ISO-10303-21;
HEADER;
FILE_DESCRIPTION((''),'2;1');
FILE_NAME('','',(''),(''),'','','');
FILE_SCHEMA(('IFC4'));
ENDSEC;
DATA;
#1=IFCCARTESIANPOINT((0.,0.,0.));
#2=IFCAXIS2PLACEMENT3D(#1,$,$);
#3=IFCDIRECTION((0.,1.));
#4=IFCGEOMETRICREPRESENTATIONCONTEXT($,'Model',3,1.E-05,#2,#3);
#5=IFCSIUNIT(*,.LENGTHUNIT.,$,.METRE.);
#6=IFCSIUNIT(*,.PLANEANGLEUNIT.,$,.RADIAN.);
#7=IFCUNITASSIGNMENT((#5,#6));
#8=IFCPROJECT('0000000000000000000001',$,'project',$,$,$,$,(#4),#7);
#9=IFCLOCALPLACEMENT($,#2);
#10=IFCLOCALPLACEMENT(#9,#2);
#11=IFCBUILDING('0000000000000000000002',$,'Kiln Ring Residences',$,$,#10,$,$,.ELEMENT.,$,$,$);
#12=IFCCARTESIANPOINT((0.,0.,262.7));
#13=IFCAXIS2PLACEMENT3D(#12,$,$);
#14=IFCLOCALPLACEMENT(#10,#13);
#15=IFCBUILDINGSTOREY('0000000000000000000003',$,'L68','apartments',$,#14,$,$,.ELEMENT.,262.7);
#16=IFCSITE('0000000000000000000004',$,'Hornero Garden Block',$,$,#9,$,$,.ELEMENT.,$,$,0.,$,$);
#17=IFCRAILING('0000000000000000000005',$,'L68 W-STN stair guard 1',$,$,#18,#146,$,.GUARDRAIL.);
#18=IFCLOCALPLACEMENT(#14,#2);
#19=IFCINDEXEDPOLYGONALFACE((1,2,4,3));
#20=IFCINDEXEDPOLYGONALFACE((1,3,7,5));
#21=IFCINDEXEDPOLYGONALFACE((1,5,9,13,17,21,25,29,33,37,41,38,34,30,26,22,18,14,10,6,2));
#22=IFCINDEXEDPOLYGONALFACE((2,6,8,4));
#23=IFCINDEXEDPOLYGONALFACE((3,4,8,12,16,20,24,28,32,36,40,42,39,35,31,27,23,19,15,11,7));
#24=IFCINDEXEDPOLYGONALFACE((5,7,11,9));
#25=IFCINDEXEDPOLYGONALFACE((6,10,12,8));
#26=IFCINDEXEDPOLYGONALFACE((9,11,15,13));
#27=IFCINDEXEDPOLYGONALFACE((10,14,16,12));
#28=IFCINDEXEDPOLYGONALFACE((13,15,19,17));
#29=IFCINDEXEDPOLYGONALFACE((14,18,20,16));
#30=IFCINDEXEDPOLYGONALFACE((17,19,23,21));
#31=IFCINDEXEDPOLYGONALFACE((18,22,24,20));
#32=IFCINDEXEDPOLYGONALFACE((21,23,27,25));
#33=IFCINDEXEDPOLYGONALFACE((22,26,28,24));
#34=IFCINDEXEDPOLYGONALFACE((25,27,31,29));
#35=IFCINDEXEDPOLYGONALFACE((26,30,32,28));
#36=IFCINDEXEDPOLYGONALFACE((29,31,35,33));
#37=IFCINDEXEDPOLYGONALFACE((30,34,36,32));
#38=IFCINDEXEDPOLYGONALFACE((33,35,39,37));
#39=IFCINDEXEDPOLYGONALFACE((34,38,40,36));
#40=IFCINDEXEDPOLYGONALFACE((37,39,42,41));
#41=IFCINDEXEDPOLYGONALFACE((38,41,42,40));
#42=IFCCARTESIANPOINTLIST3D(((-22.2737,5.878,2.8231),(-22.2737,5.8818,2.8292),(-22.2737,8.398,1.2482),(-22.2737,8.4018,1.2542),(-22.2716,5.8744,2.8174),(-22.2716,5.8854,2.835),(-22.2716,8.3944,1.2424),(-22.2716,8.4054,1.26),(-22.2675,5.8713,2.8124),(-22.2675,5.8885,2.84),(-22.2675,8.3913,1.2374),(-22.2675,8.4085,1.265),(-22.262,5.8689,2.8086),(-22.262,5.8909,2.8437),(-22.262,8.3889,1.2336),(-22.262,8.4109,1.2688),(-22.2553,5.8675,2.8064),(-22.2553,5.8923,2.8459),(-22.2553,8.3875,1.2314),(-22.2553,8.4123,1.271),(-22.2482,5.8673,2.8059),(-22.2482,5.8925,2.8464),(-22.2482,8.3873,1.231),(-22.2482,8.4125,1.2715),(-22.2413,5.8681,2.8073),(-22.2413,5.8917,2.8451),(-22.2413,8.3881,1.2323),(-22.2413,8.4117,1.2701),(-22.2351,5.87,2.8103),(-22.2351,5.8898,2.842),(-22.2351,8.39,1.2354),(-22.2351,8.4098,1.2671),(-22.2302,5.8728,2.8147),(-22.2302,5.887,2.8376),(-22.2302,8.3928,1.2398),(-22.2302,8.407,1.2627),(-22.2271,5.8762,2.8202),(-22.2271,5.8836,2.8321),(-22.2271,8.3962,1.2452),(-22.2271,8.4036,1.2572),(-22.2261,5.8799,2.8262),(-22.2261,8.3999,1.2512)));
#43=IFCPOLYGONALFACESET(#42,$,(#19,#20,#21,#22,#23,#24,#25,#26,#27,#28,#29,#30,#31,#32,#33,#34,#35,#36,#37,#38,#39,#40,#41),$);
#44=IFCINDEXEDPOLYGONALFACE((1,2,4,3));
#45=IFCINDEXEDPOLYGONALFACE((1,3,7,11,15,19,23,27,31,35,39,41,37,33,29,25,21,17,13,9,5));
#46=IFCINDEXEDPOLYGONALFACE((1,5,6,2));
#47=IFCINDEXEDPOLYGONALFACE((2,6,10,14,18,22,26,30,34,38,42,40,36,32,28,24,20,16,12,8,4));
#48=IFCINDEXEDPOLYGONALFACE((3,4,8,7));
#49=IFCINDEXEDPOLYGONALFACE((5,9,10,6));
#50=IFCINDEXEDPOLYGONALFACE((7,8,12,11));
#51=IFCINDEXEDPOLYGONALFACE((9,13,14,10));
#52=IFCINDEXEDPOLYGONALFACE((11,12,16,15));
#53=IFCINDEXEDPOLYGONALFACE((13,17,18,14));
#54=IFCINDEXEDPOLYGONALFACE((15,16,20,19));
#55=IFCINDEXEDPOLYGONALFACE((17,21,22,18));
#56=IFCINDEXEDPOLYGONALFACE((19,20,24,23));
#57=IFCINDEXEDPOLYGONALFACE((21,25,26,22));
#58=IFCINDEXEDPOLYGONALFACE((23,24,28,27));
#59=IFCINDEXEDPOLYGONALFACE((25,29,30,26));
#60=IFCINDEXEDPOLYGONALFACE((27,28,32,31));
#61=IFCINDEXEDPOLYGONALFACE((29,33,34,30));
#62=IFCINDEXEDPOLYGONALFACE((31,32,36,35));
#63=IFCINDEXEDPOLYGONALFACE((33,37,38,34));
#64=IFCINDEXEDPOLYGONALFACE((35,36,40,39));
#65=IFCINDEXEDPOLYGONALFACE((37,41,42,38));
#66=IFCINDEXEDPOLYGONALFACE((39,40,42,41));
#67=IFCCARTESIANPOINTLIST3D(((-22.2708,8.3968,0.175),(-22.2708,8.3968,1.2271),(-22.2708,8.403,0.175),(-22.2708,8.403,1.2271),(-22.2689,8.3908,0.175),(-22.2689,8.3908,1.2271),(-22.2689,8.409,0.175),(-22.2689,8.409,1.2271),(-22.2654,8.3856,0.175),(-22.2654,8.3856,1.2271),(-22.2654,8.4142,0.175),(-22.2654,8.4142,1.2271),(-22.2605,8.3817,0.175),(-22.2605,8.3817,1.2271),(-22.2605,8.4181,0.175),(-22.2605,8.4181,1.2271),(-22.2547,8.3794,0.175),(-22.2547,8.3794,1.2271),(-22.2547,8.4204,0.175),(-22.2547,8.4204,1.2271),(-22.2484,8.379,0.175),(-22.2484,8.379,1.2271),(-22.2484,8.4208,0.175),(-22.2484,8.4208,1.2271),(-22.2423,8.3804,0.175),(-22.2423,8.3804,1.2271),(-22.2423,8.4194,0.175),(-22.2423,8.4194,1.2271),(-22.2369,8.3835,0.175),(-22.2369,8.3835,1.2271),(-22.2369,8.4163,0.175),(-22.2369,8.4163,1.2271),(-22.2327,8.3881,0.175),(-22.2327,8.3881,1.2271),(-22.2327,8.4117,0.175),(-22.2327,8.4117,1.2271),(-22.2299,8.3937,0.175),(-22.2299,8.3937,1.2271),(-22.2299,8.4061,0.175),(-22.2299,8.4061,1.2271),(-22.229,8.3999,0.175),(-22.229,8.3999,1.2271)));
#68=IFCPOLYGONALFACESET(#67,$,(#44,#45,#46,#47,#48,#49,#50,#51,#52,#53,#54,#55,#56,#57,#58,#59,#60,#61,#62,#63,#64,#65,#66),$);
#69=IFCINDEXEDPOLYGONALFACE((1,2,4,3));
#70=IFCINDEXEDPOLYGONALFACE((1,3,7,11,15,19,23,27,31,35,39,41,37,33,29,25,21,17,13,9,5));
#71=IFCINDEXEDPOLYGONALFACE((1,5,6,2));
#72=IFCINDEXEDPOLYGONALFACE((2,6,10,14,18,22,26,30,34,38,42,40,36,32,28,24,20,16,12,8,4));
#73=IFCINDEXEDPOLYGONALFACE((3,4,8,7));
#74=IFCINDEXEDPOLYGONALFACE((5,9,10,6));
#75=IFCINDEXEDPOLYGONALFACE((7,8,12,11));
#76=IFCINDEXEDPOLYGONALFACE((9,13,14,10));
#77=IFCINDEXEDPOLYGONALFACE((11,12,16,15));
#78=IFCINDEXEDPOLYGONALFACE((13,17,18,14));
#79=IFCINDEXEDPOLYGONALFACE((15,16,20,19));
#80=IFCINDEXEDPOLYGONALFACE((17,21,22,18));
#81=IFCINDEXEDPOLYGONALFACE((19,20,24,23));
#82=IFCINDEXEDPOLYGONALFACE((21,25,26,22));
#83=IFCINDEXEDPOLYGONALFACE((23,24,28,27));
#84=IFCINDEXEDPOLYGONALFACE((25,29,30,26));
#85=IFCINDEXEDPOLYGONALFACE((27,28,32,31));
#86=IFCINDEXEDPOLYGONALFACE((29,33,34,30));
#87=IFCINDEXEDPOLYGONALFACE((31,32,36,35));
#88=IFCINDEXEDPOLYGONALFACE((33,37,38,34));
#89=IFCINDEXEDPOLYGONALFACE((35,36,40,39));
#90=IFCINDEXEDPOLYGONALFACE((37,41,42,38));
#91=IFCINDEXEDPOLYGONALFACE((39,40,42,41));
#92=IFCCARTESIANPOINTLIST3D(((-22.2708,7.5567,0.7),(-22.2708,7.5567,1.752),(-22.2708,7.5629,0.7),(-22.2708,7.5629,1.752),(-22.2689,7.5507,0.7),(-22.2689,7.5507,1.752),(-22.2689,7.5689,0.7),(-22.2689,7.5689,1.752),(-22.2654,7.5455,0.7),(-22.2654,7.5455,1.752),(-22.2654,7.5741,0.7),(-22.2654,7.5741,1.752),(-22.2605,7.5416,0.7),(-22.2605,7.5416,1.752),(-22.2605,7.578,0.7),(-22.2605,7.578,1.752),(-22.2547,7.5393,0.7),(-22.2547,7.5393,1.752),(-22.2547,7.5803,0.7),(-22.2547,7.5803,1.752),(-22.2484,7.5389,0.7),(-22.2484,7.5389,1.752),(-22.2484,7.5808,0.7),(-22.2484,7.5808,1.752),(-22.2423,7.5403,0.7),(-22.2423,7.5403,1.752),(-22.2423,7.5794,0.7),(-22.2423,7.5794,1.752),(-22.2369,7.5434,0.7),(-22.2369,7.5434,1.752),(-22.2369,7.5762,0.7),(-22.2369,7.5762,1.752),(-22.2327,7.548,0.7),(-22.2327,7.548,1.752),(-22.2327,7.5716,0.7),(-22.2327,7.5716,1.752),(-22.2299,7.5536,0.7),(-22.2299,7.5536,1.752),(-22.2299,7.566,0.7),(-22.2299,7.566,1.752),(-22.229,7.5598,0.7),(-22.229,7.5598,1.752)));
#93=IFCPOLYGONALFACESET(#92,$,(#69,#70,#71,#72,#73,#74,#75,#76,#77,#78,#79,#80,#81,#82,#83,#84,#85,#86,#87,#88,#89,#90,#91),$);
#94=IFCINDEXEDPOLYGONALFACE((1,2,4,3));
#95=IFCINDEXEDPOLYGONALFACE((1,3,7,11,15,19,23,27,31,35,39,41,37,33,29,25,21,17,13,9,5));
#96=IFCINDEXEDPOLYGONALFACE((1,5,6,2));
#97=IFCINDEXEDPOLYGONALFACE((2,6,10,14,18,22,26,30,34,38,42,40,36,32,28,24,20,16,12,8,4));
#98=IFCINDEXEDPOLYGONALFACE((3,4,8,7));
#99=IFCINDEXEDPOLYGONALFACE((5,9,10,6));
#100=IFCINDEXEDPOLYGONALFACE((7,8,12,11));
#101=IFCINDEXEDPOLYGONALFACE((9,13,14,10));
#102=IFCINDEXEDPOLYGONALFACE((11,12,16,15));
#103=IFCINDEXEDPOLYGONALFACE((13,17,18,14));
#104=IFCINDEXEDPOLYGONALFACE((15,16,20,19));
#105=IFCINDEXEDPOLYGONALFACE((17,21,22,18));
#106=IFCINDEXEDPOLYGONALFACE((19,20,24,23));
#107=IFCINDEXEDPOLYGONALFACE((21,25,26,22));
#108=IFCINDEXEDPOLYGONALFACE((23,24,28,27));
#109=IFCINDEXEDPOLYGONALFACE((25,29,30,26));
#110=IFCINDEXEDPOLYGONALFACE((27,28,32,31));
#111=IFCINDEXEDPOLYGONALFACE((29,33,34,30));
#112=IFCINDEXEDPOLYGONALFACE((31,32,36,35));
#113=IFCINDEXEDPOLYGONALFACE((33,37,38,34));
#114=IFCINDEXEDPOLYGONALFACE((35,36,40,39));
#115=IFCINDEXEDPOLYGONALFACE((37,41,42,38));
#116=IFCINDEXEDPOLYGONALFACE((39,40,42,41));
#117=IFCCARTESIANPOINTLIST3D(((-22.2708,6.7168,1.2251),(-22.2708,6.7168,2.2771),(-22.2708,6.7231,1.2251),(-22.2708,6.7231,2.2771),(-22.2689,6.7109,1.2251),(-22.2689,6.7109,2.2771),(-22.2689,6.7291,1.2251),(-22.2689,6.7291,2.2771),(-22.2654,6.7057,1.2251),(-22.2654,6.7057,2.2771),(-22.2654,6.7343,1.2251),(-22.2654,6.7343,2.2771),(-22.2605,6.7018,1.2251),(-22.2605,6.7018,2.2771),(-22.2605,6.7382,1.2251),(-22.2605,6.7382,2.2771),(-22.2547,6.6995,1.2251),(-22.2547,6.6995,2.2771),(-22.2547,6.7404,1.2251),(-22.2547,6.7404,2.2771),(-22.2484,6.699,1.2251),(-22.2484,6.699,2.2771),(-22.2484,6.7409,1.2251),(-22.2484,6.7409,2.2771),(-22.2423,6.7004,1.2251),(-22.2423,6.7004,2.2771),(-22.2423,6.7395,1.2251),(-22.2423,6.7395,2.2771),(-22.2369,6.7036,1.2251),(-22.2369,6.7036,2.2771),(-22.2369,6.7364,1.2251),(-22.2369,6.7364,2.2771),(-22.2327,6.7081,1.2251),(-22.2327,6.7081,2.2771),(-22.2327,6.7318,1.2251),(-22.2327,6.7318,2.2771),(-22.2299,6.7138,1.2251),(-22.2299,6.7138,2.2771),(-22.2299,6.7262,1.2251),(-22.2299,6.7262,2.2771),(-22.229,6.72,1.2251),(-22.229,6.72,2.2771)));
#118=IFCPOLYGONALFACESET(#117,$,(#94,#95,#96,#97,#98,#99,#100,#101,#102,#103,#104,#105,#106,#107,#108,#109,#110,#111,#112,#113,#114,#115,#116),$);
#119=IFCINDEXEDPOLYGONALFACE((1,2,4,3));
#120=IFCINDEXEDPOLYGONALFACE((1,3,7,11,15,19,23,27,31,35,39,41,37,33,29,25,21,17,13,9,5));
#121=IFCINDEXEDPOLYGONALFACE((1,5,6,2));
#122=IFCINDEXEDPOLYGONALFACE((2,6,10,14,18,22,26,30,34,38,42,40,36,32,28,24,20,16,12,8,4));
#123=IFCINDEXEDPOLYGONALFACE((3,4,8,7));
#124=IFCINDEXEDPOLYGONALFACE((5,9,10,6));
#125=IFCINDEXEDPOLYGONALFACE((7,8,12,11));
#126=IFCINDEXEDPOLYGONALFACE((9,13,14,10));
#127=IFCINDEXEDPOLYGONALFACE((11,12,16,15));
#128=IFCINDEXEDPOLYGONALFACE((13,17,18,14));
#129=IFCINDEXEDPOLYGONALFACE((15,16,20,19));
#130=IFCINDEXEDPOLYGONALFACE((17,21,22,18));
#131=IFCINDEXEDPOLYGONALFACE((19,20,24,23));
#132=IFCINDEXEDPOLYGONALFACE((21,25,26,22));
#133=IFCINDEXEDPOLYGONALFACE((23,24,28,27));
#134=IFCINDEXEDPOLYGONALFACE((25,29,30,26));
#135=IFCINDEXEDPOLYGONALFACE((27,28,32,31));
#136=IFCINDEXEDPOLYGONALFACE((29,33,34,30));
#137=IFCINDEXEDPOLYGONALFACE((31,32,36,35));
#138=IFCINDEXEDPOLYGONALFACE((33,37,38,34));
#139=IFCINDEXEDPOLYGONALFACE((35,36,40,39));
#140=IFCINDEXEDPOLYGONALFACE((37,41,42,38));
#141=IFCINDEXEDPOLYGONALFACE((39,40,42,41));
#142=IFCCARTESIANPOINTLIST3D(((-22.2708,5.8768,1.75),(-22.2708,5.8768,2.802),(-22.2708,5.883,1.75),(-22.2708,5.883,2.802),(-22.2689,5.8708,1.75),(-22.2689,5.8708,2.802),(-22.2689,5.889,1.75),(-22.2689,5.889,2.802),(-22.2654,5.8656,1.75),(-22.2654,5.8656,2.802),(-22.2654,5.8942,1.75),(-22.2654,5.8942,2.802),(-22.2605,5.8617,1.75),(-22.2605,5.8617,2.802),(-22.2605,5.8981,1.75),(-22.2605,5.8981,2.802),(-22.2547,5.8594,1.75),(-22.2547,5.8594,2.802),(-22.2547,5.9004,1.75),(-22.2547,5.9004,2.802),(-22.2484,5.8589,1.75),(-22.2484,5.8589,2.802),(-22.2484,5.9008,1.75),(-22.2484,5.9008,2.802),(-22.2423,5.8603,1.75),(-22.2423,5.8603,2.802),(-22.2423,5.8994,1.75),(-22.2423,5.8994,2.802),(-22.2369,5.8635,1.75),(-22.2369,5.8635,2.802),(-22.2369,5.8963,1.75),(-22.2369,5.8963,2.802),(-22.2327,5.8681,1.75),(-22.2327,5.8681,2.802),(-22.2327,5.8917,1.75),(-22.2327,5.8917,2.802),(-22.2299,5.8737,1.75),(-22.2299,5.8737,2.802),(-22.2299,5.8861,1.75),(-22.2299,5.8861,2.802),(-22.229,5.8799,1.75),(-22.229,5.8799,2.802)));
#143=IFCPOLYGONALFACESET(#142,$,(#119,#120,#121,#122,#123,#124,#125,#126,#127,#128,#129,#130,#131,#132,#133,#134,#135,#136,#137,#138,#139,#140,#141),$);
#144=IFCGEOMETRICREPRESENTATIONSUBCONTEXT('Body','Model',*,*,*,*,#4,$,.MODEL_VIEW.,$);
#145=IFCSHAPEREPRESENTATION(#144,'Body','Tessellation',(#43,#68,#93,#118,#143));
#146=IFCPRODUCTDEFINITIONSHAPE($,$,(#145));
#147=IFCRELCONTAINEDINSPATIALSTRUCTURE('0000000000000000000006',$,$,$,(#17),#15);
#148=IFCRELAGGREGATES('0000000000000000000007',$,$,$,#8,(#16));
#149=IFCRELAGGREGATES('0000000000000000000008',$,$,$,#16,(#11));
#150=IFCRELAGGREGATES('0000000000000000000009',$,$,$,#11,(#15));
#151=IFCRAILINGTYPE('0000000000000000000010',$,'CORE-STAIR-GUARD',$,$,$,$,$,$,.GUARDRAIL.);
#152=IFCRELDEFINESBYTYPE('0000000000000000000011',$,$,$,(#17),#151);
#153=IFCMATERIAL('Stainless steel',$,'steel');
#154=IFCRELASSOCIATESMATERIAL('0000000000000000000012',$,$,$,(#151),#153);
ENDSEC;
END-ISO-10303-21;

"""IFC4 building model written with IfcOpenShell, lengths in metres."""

from ifc_helpers import new_model, si_unit, direction, frame, origin, origin_2d, place, context, subcontext, project, spatial, circle, extrude, material, type_object, element, save


model = new_model("IFC4")

# Units and contexts
model_context = context("Model", 3, precision=1e-05, world=origin(), true_north=direction((0.0, 1.0)))
body_context = subcontext(model_context, "Body", "Model", "MODEL_VIEW")
ifc_project = project(units=[si_unit("LENGTHUNIT", "METRE"), si_unit("PLANEANGLEUNIT", "RADIAN")], contexts=[model_context])

# Site, building, storey
site_placement = place(None, origin())
site = spatial("IfcSite", under=ifc_project, at=site_placement, Name="Hornero Garden Block", CompositionType="ELEMENT", RefElevation=0.0)
building_placement = place(site_placement, origin())
building = spatial("IfcBuilding", under=site, at=building_placement, Name="Kiln Ring Residences", CompositionType="ELEMENT")
storey_placement = place(building_placement, frame((0.0, 0.0, 262.7)))
storey = spatial("IfcBuildingStorey", under=building, at=storey_placement, Name="L68", Description="apartments", CompositionType="ELEMENT", Elevation=262.7)

# Railing
ifc_material_1 = material(Name="Stainless steel", Category="steel")
railing_type = type_object("IfcRailingType", Name="CORE-STAIR-GUARD", PredefinedType="GUARDRAIL", material=ifc_material_1)
railing_1_placement = place(storey_placement, frame((-22.25, 8.3999, 0.175)))
element("IfcRailing", 1, at=railing_1_placement, inside=storey, type_object=railing_type, Name="L68 W-STN stair guard 1", PredefinedType="GUARDRAIL", context=body_context, shape_type="SweptSolid", body=[
    extrude(circle(Radius=0.0239, at=origin_2d()), frame((0.0, 0.0, 1.0762), z_axis=(0.0, -0.848008, 0.529984), x_axis=(1.0, 0.0, 0.0)), (0.0, 0.0, 1.0), 2.9717),
    extrude(circle(Radius=0.021, at=origin_2d()), origin(), (0.0, 0.0, 1.0), 1.052),
    extrude(circle(Radius=0.021, at=origin_2d()), frame((0.0, -0.8401, 0.5249)), (0.0, 0.0, 1.0), 1.052),
    extrude(circle(Radius=0.021, at=origin_2d()), frame((0.0, -1.6799, 1.05)), (0.0, 0.0, 1.0), 1.052),
    extrude(circle(Radius=0.021, at=origin_2d()), frame((0.0, -2.52, 1.575)), (0.0, 0.0, 1.0), 1.052),
])

save(model, "model.ifc")
